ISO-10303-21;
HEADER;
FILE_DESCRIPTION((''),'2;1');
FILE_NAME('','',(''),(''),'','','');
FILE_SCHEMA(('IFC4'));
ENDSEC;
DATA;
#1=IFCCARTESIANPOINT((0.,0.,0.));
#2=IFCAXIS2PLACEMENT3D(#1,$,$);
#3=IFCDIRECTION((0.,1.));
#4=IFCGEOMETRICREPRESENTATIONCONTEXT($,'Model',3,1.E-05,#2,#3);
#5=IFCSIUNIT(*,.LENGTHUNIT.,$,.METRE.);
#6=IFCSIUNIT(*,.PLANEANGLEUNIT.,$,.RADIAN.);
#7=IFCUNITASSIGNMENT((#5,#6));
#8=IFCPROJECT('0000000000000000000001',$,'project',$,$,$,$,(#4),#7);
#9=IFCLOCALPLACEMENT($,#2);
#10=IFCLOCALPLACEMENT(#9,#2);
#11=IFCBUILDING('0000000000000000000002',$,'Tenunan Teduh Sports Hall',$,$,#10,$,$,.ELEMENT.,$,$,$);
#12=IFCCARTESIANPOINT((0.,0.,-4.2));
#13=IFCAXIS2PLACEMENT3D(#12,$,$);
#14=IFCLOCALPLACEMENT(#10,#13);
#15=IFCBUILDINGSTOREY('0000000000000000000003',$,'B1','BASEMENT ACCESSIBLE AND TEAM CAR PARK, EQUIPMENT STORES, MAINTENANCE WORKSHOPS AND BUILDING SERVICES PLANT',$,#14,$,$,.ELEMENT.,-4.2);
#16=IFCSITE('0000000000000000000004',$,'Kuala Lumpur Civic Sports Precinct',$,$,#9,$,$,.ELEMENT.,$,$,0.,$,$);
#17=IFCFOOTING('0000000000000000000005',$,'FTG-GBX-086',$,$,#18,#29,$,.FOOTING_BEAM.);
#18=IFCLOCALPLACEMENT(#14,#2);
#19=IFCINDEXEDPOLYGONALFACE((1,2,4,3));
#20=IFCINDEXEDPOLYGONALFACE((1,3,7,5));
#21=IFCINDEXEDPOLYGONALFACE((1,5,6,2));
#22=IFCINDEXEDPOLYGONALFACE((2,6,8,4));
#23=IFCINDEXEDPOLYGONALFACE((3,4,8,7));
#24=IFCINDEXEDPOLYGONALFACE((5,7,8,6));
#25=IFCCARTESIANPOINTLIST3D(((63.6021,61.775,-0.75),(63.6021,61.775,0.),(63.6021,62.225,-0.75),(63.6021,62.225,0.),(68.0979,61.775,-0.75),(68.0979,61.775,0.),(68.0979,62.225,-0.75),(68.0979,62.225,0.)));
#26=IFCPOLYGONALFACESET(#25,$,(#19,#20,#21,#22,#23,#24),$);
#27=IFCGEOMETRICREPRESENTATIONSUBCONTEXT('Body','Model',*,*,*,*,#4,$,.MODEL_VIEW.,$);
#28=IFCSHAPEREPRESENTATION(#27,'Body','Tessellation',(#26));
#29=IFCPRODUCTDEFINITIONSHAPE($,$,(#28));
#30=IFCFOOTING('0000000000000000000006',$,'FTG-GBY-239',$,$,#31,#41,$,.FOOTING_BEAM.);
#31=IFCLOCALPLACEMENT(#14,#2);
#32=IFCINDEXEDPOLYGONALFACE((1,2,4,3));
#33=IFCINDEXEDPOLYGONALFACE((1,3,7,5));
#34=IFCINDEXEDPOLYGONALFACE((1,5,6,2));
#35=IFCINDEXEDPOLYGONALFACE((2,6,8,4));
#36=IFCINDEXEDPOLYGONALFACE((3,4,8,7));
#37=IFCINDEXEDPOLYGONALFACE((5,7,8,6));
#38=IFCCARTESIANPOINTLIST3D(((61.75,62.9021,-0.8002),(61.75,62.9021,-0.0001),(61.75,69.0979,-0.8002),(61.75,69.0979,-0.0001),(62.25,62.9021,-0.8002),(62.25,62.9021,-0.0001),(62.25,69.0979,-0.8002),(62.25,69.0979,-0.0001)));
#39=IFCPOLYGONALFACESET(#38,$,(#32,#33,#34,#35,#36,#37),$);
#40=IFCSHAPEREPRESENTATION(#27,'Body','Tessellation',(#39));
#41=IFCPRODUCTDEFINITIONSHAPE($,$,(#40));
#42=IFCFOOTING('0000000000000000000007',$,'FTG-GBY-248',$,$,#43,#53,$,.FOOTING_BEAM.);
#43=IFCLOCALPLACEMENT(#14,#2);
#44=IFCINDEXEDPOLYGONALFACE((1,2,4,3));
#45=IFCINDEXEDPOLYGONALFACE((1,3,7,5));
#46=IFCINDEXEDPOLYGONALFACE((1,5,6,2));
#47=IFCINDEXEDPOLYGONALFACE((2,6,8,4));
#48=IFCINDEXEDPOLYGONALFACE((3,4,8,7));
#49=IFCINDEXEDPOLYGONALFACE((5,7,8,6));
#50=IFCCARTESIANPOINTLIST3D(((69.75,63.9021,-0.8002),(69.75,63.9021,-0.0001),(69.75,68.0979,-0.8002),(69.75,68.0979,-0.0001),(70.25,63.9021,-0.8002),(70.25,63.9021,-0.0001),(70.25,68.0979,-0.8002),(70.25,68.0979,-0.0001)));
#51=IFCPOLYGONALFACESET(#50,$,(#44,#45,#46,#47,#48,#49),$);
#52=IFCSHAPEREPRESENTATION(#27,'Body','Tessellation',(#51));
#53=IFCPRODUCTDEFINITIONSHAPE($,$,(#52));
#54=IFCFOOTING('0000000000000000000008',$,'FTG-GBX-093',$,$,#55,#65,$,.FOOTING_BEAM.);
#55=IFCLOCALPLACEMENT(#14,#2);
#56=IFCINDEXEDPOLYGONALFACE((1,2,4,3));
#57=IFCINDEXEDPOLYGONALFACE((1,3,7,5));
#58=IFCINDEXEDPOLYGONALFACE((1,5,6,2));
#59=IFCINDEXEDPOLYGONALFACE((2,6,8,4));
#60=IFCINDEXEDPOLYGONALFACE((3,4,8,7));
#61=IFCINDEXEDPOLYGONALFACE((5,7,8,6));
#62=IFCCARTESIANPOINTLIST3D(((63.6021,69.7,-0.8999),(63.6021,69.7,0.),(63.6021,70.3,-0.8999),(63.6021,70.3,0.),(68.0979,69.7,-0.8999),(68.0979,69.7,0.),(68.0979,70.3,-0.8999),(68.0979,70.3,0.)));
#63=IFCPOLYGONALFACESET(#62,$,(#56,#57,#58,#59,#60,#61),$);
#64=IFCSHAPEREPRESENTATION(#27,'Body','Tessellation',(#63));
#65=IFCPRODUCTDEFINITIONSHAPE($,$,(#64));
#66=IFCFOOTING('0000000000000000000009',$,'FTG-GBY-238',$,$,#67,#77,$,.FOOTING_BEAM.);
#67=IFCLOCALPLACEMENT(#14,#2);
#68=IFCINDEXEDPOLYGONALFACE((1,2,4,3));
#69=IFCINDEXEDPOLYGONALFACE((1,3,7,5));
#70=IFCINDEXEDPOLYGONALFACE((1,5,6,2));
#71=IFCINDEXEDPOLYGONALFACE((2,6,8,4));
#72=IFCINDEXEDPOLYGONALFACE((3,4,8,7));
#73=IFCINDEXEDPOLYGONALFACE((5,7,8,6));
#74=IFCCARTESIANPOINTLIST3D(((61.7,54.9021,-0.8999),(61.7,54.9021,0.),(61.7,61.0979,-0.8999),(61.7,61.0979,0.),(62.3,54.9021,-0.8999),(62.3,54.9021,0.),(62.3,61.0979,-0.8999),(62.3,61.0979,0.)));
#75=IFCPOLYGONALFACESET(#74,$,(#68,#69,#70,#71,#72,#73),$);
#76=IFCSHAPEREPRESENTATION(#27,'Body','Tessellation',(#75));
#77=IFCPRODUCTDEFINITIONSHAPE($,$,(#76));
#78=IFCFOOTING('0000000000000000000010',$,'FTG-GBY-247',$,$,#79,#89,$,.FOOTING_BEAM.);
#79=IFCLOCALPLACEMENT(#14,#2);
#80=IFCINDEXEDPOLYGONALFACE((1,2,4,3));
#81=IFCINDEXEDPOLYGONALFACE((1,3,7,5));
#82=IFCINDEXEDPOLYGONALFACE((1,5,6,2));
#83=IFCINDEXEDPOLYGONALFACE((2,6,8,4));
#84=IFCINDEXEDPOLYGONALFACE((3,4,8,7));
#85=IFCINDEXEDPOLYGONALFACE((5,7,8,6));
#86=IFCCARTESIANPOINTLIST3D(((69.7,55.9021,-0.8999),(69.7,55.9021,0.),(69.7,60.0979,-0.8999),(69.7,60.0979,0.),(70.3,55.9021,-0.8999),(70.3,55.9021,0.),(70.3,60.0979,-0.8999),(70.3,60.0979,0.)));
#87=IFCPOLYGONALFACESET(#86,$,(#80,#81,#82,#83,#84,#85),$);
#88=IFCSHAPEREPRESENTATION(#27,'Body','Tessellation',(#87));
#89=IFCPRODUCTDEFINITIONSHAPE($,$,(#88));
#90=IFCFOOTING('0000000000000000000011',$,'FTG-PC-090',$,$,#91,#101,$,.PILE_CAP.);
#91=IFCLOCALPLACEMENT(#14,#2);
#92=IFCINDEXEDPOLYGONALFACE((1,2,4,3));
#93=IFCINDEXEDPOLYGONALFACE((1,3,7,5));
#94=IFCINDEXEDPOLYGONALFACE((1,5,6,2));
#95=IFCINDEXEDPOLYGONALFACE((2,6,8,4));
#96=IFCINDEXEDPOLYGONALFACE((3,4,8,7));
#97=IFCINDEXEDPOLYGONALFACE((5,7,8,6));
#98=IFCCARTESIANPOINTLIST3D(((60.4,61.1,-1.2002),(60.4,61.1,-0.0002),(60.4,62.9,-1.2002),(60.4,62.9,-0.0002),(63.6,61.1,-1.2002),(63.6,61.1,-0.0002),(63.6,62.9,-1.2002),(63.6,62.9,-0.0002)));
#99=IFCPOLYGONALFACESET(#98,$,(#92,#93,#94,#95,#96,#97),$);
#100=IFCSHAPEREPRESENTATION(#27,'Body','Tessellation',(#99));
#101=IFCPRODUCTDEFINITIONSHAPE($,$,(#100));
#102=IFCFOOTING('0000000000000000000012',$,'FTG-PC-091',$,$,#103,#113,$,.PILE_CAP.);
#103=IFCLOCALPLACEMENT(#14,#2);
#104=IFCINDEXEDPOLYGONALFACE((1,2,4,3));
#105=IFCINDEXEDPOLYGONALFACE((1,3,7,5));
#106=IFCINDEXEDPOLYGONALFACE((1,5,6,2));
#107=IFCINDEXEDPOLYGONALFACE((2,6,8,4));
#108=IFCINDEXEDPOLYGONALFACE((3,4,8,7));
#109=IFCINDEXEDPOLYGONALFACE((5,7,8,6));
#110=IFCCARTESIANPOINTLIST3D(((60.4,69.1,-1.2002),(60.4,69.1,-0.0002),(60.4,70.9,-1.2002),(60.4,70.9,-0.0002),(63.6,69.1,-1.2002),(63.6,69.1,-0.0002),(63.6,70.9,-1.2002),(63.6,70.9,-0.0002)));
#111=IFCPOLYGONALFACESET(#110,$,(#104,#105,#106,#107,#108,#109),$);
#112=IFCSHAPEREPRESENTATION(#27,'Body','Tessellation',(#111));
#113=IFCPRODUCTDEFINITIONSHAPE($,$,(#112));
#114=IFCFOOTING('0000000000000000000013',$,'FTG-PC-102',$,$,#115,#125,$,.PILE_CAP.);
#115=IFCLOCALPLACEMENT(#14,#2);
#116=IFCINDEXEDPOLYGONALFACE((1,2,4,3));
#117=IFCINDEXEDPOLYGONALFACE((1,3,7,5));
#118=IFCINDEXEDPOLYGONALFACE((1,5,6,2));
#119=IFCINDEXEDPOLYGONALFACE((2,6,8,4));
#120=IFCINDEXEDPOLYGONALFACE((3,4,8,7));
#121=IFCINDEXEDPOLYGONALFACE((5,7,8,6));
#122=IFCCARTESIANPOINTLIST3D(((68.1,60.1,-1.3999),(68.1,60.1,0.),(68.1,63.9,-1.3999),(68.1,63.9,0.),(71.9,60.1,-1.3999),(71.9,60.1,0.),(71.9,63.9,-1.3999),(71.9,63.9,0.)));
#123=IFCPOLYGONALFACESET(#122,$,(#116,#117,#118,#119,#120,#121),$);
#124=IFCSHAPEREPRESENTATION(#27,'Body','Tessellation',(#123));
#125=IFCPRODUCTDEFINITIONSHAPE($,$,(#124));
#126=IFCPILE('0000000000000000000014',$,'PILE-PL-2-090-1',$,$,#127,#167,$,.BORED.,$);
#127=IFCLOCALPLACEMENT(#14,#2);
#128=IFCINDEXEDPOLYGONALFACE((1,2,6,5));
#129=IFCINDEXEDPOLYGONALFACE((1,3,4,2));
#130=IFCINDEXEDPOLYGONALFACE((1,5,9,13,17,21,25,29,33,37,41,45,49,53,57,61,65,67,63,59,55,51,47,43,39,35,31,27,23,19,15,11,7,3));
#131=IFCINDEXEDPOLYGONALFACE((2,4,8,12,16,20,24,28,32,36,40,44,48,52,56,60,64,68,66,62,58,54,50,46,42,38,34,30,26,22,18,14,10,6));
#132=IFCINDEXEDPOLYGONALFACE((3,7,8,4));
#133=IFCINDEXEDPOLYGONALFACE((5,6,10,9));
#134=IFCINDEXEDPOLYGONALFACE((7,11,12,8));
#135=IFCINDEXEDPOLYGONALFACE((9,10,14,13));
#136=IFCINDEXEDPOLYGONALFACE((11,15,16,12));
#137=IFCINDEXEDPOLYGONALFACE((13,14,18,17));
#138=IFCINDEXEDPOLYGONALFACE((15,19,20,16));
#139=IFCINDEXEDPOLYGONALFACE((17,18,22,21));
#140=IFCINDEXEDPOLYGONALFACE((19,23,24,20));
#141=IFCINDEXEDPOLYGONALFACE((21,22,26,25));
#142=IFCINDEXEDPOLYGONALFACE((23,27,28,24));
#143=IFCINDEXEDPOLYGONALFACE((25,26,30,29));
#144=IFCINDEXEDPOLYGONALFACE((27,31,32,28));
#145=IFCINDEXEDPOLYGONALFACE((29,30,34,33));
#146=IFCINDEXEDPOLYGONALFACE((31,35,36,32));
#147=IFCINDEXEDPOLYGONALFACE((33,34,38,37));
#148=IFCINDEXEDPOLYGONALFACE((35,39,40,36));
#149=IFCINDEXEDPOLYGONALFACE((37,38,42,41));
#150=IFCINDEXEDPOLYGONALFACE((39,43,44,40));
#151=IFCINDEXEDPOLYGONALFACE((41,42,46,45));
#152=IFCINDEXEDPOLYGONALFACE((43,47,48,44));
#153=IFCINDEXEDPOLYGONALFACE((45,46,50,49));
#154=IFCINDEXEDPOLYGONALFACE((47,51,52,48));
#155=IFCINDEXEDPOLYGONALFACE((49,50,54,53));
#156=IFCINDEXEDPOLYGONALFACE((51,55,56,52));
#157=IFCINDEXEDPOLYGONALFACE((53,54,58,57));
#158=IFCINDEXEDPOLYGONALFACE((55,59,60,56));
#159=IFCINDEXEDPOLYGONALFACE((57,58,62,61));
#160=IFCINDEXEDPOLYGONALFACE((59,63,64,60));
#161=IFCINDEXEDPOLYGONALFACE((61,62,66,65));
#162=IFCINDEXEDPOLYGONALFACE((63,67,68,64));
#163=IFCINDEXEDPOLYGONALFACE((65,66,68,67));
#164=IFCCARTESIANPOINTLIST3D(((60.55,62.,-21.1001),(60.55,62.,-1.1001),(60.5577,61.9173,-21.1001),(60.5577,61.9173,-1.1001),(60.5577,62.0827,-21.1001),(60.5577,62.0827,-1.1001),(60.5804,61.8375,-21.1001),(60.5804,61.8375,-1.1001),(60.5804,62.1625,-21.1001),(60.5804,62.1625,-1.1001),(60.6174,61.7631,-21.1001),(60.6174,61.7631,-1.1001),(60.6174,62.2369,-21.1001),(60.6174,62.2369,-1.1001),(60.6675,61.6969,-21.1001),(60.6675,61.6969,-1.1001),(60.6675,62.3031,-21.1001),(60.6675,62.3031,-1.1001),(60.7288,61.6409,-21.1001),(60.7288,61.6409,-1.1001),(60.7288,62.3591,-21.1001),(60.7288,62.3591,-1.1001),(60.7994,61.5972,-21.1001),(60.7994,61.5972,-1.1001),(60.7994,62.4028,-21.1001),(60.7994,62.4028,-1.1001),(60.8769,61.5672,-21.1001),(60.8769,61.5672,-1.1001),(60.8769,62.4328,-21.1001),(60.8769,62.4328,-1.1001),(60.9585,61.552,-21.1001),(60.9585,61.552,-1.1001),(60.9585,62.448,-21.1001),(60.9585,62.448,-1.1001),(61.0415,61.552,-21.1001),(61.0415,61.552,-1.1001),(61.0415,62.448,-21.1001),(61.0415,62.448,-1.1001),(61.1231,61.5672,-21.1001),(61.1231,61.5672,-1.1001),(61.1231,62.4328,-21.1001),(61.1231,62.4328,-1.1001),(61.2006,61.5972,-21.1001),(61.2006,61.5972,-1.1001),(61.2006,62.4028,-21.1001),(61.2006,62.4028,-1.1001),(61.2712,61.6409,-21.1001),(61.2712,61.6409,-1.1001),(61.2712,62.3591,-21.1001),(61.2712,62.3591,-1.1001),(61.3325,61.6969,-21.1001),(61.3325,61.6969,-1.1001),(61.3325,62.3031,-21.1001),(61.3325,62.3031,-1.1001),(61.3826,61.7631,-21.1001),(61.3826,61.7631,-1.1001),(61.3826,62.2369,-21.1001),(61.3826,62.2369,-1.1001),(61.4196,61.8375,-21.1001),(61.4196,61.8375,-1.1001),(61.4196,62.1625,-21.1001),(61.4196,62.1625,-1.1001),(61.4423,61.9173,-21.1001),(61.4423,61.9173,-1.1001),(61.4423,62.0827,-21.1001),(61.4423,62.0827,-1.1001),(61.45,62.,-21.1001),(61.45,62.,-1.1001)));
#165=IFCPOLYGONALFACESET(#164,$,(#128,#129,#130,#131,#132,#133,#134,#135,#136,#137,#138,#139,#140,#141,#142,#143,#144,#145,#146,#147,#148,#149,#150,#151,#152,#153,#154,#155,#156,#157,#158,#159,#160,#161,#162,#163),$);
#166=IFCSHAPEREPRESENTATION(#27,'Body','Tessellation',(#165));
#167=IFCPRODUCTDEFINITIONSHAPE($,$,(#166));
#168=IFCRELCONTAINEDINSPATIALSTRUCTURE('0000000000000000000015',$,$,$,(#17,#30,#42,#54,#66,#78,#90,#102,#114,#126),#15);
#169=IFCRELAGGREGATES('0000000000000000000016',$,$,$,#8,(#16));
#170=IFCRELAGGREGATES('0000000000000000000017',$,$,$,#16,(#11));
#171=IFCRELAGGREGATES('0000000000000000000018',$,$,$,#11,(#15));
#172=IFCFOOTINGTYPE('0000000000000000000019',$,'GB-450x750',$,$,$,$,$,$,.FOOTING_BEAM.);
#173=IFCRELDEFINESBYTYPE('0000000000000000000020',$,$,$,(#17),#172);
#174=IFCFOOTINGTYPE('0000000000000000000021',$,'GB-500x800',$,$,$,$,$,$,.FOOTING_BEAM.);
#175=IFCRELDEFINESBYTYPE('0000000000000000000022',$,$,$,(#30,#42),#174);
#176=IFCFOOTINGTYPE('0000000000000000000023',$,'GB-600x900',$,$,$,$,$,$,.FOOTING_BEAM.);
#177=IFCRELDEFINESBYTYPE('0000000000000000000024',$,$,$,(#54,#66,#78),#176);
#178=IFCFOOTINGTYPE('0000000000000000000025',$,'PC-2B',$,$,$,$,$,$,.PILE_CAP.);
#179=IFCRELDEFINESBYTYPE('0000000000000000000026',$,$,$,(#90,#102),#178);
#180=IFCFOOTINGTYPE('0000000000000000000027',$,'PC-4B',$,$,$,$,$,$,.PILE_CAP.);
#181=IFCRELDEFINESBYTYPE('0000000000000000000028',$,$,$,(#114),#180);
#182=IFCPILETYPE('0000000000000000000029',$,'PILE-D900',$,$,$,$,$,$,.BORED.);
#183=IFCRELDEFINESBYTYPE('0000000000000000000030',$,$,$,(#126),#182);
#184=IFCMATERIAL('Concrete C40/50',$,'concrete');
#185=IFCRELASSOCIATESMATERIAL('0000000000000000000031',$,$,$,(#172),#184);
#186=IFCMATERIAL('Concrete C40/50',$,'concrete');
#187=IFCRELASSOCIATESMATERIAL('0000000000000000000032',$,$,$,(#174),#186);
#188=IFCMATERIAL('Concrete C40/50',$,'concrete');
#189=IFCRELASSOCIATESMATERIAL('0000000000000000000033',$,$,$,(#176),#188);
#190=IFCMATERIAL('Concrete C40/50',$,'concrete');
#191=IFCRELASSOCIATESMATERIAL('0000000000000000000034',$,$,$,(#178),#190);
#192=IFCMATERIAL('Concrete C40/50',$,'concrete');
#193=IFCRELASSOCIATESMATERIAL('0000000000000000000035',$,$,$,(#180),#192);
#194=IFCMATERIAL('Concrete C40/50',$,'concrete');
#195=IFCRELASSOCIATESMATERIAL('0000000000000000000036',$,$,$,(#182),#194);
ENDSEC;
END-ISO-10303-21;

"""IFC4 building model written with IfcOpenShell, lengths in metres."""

from ifc_helpers import new_model, si_unit, direction, frame, origin, origin_2d, place, context, subcontext, project, spatial, rectangle, circle, extrude, material, material_profile, profile_set, type_object, element, save


model = new_model("IFC4")

# Units and contexts
model_context = context("Model", 3, precision=1e-05, world=origin(), true_north=direction((0.0, 1.0)))
body_context = subcontext(model_context, "Body", "Model", "MODEL_VIEW")
ifc_project = project(units=[si_unit("LENGTHUNIT", "METRE"), si_unit("PLANEANGLEUNIT", "RADIAN")], contexts=[model_context])

# Site, building, storey
site_placement = place(None, origin())
site = spatial("IfcSite", under=ifc_project, at=site_placement, Name="Kuala Lumpur Civic Sports Precinct", CompositionType="ELEMENT", RefElevation=0.0)
building_placement = place(site_placement, origin())
building = spatial("IfcBuilding", under=site, at=building_placement, Name="Tenunan Teduh Sports Hall", CompositionType="ELEMENT")
storey_placement = place(building_placement, frame((0.0, 0.0, -4.2)))
storey = spatial("IfcBuildingStorey", under=building, at=storey_placement, Name="B1", Description="BASEMENT ACCESSIBLE AND TEAM CAR PARK, EQUIPMENT STORES, MAINTENANCE WORKSHOPS AND BUILDING SERVICES PLANT", CompositionType="ELEMENT", Elevation=-4.2)

# Footings
ifc_material_1 = material(Name="Concrete C40/50", Category="concrete")
ifc_material_profile_1 = material_profile(ifc_material_1, rectangle(XDim=0.45, YDim=0.75, at=origin_2d()), Name="RCB 450x750")
ifc_profile_set_1 = profile_set([ifc_material_profile_1], Name="Concrete C40/50")
footing_type_1 = type_object("IfcFootingType", Name="GB-450x750", PredefinedType="FOOTING_BEAM", material=ifc_profile_set_1)
footing_1_placement = place(storey_placement, frame((63.6021, 62.0, -0.375), z_axis=(1.0, 0.0, 0.0), x_axis=(0.0, 1.0, 0.0)))
element("IfcFooting", 1, at=footing_1_placement, inside=storey, type_object=footing_type_1, Name="FTG-GBX-086", PredefinedType="FOOTING_BEAM", context=body_context, shape_type="SweptSolid", body=[
    extrude(rectangle(XDim=0.45, YDim=0.75, at=origin_2d()), origin(), (0.0, 0.0, 1.0), 4.4958),
])
ifc_material_2 = material(Name="Concrete C40/50", Category="concrete")
ifc_material_profile_2 = material_profile(ifc_material_2, rectangle(XDim=0.5, YDim=0.8, at=origin_2d()), Name="RCB 500x800")
ifc_profile_set_2 = profile_set([ifc_material_profile_2], Name="Concrete C40/50")
footing_type_2 = type_object("IfcFootingType", Name="GB-500x800", PredefinedType="FOOTING_BEAM", material=ifc_profile_set_2)
footing_2_placement = place(storey_placement, frame((62.0, 62.9021, -0.4001), z_axis=(0.0, 1.0, 0.0), x_axis=(-1.0, 0.0, 0.0)))
element("IfcFooting", 2, at=footing_2_placement, inside=storey, type_object=footing_type_2, Name="FTG-GBY-239", PredefinedType="FOOTING_BEAM", context=body_context, shape_type="SweptSolid", body=[
    extrude(rectangle(XDim=0.5, YDim=0.8, at=origin_2d()), origin(), (0.0, 0.0, 1.0), 6.1958),
])
footing_3_placement = place(storey_placement, frame((70.0, 63.9021, -0.4001), z_axis=(0.0, 1.0, 0.0), x_axis=(-1.0, 0.0, 0.0)))
element("IfcFooting", 3, at=footing_3_placement, inside=storey, type_object=footing_type_2, Name="FTG-GBY-248", PredefinedType="FOOTING_BEAM", context=body_context, shape_type="SweptSolid", body=[
    extrude(rectangle(XDim=0.5, YDim=0.8, at=origin_2d()), origin(), (0.0, 0.0, 1.0), 4.1958),
])
ifc_material_3 = material(Name="Concrete C40/50", Category="concrete")
ifc_material_profile_3 = material_profile(ifc_material_3, rectangle(XDim=0.6001, YDim=0.8999, at=origin_2d()), Name="RCB 600x900")
ifc_profile_set_3 = profile_set([ifc_material_profile_3], Name="Concrete C40/50")
footing_type_3 = type_object("IfcFootingType", Name="GB-600x900", PredefinedType="FOOTING_BEAM", material=ifc_profile_set_3)
footing_4_placement = place(storey_placement, frame((63.6021, 70.0, -0.45), z_axis=(1.0, 0.0, 0.0), x_axis=(0.0, 1.0, 0.0)))
element("IfcFooting", 4, at=footing_4_placement, inside=storey, type_object=footing_type_3, Name="FTG-GBX-093", PredefinedType="FOOTING_BEAM", context=body_context, shape_type="SweptSolid", body=[
    extrude(rectangle(XDim=0.6001, YDim=0.8999, at=origin_2d()), origin(), (0.0, 0.0, 1.0), 4.4958),
])
footing_5_placement = place(storey_placement, frame((62.0, 54.9021, -0.45), z_axis=(0.0, 1.0, 0.0), x_axis=(-1.0, 0.0, 0.0)))
element("IfcFooting", 5, at=footing_5_placement, inside=storey, type_object=footing_type_3, Name="FTG-GBY-238", PredefinedType="FOOTING_BEAM", context=body_context, shape_type="SweptSolid", body=[
    extrude(rectangle(XDim=0.6001, YDim=0.8999, at=origin_2d()), origin(), (0.0, 0.0, 1.0), 6.1958),
])
footing_6_placement = place(storey_placement, frame((70.0, 55.9021, -0.45), z_axis=(0.0, 1.0, 0.0), x_axis=(-1.0, 0.0, 0.0)))
element("IfcFooting", 6, at=footing_6_placement, inside=storey, type_object=footing_type_3, Name="FTG-GBY-247", PredefinedType="FOOTING_BEAM", context=body_context, shape_type="SweptSolid", body=[
    extrude(rectangle(XDim=0.6001, YDim=0.8999, at=origin_2d()), origin(), (0.0, 0.0, 1.0), 4.1958),
])
ifc_material_4 = material(Name="Concrete C40/50", Category="concrete")
footing_type_4 = type_object("IfcFootingType", Name="PC-2B", PredefinedType="PILE_CAP", material=ifc_material_4)
for number, where, z_axis, x_axis, name in (
    (7, (62.0, 62.0, -1.2002), (0.0, 0.0, 1.0), (1.0, 0.0, 0.0), "FTG-PC-090"),
    (8, (62.0, 70.0, -1.2002), (0.0, 0.0, 1.0), (1.0, 0.0, 0.0), "FTG-PC-091"),
):
    element("IfcFooting", number, at=place(storey_placement, frame(where, z_axis=z_axis, x_axis=x_axis)), inside=storey, type_object=footing_type_4, Name=name, PredefinedType="PILE_CAP", context=body_context, shape_type="SweptSolid", body=[
        extrude(rectangle(XDim=3.2, YDim=1.8, at=origin_2d()), origin(), (0.0, 0.0, 1.0), 1.2),
    ])
ifc_material_5 = material(Name="Concrete C40/50", Category="concrete")
footing_type_5 = type_object("IfcFootingType", Name="PC-4B", PredefinedType="PILE_CAP", material=ifc_material_5)
footing_7_placement = place(storey_placement, frame((70.0, 62.0, -1.3999), z_axis=(0.0, 0.0, 1.0), x_axis=(1.0, 0.0, 0.0)))
element("IfcFooting", 9, at=footing_7_placement, inside=storey, type_object=footing_type_5, Name="FTG-PC-102", PredefinedType="PILE_CAP", context=body_context, shape_type="SweptSolid", body=[
    extrude(rectangle(XDim=3.8, YDim=3.8, at=origin_2d()), origin(), (0.0, 0.0, 1.0), 1.3999),
])

# Pile
ifc_material_6 = material(Name="Concrete C40/50", Category="concrete")
ifc_material_profile_4 = material_profile(ifc_material_6, circle(Radius=0.45, at=origin_2d()), Name="PILE D900")
ifc_profile_set_4 = profile_set([ifc_material_profile_4], Name="Concrete C40/50")
pile_type = type_object("IfcPileType", Name="PILE-D900", PredefinedType="BORED", material=ifc_profile_set_4)
for number, where, z_axis, x_axis, name in (
    (10, (61.0, 62.0, -1.1001), (0.0, 0.0, -1.0), (1.0, 0.0, 0.0), "PILE-PL-2-090-1"),
):
    element("IfcPile", number, at=place(storey_placement, frame(where, z_axis=z_axis, x_axis=x_axis)), inside=storey, type_object=pile_type, Name=name, PredefinedType="BORED", context=body_context, shape_type="SweptSolid", body=[
        extrude(circle(Radius=0.45, at=origin_2d()), origin(), (0.0, 0.0, 1.0), 20.0),
    ])

save(model, "model.ifc")
